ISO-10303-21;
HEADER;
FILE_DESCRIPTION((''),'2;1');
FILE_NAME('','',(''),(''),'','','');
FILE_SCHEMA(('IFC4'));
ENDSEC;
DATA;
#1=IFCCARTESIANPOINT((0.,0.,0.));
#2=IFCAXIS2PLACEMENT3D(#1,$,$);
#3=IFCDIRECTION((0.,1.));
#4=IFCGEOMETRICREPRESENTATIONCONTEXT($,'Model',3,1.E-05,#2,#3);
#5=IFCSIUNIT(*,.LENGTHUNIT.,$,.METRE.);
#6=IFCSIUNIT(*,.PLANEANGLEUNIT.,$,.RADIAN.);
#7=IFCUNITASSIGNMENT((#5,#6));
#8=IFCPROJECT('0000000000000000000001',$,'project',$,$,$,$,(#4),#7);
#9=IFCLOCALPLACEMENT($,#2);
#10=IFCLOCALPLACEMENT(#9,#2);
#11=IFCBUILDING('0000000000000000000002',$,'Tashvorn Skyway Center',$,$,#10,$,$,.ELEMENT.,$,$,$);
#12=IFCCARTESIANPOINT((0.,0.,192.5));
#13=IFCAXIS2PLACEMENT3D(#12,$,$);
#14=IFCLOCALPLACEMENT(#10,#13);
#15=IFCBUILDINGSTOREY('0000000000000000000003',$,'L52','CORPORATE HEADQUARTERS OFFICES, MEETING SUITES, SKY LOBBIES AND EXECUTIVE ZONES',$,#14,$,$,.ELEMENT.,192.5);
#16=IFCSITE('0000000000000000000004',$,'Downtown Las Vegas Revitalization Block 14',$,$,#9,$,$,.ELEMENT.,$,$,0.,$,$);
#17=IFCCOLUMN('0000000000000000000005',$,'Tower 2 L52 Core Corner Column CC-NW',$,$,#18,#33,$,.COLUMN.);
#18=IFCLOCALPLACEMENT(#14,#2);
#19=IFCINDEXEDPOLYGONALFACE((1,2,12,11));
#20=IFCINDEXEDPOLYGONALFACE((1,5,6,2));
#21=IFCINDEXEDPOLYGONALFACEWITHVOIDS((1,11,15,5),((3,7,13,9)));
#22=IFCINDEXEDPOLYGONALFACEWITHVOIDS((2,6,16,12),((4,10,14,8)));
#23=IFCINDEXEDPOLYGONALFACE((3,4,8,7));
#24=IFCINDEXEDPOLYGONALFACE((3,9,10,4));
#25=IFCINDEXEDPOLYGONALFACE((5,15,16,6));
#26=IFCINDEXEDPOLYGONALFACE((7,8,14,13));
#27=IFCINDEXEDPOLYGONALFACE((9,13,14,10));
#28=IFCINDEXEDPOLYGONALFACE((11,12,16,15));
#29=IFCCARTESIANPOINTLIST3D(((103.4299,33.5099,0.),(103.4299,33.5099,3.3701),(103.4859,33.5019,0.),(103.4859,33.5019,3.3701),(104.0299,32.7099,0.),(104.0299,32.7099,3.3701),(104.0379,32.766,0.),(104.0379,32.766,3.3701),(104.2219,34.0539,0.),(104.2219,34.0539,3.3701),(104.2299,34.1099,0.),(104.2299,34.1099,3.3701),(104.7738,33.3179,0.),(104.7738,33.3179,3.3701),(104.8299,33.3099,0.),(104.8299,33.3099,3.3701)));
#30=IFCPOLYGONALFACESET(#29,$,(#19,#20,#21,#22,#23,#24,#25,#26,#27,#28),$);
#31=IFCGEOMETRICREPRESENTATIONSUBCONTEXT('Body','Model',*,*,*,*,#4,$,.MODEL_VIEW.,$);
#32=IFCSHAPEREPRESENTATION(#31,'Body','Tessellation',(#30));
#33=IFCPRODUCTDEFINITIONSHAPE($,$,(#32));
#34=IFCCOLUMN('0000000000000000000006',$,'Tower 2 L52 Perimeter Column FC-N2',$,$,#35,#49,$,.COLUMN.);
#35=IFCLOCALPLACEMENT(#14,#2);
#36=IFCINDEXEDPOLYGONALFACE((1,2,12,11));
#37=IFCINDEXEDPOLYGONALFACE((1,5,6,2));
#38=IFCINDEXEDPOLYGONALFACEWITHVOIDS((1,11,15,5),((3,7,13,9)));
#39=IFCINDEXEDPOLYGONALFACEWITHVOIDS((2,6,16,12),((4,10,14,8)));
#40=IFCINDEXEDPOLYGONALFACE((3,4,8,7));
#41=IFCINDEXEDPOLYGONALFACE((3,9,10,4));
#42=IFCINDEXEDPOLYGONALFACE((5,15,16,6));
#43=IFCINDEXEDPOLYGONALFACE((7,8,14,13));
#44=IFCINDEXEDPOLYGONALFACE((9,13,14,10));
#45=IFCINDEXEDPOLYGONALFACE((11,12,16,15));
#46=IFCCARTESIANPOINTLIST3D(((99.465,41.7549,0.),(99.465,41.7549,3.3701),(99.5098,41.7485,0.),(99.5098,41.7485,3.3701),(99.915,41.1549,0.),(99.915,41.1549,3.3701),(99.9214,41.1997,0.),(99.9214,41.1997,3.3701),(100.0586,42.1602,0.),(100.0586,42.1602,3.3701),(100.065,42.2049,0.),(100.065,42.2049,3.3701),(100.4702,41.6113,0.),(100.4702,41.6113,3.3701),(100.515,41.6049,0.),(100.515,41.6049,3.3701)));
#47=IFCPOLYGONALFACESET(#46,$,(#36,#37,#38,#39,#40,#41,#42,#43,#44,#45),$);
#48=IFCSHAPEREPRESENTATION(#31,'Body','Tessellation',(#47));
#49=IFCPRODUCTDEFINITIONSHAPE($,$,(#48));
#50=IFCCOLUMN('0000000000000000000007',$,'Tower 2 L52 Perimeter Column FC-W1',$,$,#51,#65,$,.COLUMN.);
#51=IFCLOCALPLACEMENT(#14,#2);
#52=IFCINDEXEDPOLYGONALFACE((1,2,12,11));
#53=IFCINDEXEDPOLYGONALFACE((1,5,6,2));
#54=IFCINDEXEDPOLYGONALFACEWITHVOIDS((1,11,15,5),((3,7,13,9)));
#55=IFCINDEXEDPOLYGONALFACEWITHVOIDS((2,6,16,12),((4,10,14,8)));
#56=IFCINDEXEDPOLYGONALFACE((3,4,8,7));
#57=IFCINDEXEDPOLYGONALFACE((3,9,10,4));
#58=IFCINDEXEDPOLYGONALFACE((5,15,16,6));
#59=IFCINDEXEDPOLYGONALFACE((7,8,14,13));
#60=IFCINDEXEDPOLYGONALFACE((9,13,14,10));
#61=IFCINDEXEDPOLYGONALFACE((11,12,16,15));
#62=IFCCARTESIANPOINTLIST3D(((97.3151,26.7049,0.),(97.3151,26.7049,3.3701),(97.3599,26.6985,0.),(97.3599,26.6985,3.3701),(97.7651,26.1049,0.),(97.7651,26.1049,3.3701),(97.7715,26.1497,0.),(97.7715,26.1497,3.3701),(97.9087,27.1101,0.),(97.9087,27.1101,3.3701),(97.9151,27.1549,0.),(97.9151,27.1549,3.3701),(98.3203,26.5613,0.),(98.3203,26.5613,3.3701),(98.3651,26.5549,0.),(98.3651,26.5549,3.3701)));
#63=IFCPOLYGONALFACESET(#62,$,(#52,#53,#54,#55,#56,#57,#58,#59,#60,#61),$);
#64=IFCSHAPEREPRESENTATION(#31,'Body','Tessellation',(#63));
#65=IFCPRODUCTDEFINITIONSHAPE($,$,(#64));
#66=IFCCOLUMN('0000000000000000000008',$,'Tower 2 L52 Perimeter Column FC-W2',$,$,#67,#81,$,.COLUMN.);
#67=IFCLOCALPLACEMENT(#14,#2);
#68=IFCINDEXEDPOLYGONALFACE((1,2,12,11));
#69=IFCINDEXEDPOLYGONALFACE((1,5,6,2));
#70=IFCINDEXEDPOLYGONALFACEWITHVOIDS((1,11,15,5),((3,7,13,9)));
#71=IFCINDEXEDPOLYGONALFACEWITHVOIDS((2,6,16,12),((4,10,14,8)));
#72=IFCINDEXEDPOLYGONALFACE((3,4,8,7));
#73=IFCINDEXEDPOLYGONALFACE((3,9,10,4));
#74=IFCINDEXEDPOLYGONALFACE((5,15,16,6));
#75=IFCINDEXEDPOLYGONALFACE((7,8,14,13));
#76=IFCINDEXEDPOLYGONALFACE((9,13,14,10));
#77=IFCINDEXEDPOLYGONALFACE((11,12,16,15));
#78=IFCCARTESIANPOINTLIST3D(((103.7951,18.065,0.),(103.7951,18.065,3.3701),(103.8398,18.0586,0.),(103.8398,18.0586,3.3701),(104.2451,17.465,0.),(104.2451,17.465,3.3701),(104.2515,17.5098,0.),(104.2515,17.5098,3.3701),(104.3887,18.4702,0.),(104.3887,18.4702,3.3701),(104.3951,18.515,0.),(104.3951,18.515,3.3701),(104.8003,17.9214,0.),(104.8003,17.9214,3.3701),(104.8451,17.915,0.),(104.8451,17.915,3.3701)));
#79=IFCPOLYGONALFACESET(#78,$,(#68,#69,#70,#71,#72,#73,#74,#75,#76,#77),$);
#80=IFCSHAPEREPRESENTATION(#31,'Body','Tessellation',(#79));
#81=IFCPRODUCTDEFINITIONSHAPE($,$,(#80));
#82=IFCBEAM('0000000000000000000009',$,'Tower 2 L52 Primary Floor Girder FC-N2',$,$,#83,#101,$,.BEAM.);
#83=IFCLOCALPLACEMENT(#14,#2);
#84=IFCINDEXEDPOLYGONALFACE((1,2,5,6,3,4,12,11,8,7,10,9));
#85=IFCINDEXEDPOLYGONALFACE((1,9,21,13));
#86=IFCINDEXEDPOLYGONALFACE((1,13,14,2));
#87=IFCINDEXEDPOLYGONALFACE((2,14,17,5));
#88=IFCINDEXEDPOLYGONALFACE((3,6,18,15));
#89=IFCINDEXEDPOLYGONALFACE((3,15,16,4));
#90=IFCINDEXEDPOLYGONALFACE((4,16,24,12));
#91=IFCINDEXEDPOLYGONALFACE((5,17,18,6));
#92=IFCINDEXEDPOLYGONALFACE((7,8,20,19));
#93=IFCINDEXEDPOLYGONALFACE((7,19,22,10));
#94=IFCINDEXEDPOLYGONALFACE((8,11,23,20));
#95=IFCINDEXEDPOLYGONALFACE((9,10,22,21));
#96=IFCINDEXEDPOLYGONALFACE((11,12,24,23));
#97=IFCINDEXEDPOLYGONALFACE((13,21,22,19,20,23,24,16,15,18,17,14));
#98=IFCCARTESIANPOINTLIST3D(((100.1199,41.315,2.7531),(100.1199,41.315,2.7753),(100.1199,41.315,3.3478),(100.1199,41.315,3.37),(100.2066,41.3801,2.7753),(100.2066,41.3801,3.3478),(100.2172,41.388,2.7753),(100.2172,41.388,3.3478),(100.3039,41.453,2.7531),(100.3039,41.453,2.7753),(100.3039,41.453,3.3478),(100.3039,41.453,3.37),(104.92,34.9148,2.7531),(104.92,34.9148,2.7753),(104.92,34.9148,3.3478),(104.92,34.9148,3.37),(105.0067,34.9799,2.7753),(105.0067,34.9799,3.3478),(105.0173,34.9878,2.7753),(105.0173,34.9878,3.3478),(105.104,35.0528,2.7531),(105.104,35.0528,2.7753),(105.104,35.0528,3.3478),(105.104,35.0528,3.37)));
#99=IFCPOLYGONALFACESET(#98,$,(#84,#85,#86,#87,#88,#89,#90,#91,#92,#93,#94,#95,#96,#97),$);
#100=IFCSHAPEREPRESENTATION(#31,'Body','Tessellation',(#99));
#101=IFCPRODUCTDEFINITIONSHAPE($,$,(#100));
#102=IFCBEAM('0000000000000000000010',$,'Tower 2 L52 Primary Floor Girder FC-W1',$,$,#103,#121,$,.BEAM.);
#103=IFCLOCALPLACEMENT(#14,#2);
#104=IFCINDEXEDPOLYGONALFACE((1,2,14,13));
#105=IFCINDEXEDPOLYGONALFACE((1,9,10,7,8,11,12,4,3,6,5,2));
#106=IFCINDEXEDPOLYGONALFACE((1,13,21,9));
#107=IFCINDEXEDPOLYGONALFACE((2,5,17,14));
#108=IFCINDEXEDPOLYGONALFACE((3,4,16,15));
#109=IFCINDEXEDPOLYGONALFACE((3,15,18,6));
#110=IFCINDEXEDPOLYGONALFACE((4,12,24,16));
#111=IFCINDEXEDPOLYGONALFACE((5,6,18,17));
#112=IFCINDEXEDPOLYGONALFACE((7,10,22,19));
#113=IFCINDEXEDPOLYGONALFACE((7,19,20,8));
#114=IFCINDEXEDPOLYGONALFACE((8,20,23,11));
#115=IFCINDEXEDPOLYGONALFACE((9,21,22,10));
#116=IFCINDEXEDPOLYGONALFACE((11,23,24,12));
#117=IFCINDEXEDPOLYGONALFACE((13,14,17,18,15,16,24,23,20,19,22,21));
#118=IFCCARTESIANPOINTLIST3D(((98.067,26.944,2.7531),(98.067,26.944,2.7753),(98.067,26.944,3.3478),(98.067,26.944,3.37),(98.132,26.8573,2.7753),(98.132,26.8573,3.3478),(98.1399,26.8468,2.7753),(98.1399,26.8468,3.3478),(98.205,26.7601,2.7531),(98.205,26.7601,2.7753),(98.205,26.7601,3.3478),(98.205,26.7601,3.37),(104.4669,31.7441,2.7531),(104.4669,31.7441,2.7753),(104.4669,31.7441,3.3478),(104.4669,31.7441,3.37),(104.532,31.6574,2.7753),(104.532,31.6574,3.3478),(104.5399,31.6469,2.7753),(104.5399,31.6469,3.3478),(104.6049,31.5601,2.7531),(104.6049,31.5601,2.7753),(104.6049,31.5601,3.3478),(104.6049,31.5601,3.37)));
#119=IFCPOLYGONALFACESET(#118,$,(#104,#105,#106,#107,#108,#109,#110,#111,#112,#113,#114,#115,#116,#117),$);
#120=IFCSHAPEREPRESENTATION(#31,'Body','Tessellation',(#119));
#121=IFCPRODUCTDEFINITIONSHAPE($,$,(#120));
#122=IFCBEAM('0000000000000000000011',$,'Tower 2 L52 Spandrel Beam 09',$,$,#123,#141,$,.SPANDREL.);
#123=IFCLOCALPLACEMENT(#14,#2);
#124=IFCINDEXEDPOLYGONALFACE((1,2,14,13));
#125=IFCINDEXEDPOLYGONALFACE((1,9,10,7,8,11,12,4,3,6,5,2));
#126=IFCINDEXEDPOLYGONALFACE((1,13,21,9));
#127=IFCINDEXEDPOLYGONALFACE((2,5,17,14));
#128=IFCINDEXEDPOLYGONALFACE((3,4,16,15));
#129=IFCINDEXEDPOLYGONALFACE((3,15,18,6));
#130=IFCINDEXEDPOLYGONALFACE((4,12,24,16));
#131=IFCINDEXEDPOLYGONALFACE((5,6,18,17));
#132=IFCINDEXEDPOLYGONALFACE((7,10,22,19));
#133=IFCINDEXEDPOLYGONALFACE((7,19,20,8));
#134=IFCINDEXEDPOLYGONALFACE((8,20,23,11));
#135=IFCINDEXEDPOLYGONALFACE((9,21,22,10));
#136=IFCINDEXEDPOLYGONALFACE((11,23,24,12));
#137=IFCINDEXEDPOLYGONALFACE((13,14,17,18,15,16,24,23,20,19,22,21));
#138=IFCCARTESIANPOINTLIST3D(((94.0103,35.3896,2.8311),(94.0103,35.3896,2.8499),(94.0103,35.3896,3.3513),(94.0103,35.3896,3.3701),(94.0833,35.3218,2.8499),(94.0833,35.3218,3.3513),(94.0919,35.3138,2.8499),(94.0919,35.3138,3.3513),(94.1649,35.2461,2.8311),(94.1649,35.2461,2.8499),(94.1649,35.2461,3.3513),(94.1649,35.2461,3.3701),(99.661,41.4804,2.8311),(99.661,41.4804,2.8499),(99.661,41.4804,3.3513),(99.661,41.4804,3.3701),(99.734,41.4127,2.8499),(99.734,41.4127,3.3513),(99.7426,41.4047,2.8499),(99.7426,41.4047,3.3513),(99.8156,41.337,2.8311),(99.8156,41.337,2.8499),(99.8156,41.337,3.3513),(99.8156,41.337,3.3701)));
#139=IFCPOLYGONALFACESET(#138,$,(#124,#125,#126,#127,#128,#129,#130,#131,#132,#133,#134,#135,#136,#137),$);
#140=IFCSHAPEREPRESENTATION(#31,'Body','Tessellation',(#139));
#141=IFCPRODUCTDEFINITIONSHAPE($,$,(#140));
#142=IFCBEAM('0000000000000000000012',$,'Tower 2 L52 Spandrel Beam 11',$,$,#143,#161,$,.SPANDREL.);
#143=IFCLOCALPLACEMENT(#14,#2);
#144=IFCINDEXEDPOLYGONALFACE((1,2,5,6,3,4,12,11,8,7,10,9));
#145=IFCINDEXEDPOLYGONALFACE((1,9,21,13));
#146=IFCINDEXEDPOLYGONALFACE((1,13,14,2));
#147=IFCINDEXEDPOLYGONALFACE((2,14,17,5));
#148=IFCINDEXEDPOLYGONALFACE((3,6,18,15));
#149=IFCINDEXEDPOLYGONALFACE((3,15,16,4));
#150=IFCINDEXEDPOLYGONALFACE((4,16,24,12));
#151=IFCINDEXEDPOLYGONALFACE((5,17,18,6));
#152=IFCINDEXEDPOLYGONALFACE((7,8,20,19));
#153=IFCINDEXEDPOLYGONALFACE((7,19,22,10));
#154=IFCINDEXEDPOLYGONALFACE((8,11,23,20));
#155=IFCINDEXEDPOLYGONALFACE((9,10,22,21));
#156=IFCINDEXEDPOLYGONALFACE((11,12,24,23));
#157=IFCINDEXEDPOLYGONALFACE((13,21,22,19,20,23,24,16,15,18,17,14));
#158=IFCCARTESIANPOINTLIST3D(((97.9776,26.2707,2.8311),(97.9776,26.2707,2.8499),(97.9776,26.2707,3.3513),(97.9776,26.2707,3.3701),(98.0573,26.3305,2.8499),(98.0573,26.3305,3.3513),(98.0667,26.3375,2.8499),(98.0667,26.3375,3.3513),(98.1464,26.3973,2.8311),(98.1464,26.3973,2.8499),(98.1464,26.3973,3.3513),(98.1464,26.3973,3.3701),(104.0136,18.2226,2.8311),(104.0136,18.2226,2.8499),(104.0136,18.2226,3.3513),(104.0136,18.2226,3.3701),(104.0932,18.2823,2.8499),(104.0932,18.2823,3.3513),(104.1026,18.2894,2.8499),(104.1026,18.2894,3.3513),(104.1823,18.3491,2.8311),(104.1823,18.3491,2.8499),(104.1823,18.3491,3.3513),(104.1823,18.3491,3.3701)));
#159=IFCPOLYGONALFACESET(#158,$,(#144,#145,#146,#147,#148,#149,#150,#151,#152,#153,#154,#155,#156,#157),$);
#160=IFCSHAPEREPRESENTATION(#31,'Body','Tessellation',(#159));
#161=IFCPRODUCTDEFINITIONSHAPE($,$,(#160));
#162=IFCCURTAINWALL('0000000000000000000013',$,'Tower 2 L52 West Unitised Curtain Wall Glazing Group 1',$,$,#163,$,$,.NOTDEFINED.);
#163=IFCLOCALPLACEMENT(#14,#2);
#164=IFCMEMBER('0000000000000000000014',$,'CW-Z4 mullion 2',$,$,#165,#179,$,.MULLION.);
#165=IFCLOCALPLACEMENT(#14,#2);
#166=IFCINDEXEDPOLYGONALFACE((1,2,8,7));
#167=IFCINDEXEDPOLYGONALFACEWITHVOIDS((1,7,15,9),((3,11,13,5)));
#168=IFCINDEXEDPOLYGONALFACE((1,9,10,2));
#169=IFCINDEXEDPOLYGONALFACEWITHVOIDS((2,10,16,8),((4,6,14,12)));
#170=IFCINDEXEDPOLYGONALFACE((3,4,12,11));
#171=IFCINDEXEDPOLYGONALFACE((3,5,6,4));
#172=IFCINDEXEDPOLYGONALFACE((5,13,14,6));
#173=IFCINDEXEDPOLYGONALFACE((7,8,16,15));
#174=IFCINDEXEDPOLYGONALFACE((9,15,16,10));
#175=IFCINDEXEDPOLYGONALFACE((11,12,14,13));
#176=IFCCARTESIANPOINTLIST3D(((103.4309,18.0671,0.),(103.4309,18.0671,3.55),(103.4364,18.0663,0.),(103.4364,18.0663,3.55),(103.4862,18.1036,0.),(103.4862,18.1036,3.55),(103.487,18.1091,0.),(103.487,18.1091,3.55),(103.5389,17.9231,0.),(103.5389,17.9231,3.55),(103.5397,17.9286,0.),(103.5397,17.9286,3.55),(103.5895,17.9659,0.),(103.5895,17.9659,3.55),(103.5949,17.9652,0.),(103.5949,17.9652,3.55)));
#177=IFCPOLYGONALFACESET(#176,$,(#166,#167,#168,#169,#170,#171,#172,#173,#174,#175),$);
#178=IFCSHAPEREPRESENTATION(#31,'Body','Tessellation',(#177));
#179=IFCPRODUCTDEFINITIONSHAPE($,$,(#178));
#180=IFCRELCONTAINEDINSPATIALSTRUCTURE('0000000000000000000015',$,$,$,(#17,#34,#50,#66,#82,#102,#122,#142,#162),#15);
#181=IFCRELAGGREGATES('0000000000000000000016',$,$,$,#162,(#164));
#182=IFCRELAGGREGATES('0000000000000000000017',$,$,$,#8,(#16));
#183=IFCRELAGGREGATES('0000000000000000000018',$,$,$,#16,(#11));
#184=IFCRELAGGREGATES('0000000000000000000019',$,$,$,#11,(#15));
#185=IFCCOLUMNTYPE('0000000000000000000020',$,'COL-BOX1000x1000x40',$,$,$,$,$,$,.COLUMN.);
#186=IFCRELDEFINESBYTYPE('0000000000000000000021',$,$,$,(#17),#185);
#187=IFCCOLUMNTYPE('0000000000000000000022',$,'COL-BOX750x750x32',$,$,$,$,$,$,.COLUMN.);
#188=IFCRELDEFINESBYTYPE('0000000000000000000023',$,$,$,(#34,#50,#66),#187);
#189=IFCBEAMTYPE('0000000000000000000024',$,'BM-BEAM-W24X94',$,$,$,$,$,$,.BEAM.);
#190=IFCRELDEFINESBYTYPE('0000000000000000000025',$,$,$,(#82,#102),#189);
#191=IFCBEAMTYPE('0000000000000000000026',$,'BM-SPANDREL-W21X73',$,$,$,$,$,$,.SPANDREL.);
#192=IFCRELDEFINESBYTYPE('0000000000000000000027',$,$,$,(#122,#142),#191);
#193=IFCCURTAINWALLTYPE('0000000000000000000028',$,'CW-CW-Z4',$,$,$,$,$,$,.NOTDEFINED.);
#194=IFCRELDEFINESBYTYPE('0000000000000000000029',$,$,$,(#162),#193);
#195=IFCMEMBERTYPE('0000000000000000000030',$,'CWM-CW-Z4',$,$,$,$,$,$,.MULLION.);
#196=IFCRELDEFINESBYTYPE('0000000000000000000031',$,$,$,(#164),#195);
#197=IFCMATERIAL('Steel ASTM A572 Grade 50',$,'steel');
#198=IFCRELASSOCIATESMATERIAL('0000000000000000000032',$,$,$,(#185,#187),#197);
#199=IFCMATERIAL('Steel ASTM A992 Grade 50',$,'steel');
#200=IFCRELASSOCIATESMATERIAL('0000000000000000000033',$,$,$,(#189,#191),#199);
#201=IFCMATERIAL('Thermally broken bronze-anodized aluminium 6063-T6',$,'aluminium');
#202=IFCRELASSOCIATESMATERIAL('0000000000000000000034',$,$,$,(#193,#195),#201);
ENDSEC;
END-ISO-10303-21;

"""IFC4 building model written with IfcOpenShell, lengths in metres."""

from ifc_helpers import new_model, si_unit, direction, frame, origin, origin_2d, place, context, subcontext, project, spatial, hollow_rectangle, i_section, extrude, material, material_profile, profile_set, type_object, element, aggregate, save


model = new_model("IFC4")

# Units and contexts
model_context = context("Model", 3, precision=1e-05, world=origin(), true_north=direction((0.0, 1.0)))
body_context = subcontext(model_context, "Body", "Model", "MODEL_VIEW")
ifc_project = project(units=[si_unit("LENGTHUNIT", "METRE"), si_unit("PLANEANGLEUNIT", "RADIAN")], contexts=[model_context])

# Site, building, storey
site_placement = place(None, origin())
site = spatial("IfcSite", under=ifc_project, at=site_placement, Name="Downtown Las Vegas Revitalization Block 14", CompositionType="ELEMENT", RefElevation=0.0)
building_placement = place(site_placement, origin())
building = spatial("IfcBuilding", under=site, at=building_placement, Name="Tashvorn Skyway Center", CompositionType="ELEMENT")
storey_placement = place(building_placement, frame((0.0, 0.0, 192.5)))
storey = spatial("IfcBuildingStorey", under=building, at=storey_placement, Name="L52", Description="CORPORATE HEADQUARTERS OFFICES, MEETING SUITES, SKY LOBBIES AND EXECUTIVE ZONES", CompositionType="ELEMENT", Elevation=192.5)

# Columns
ifc_material_1 = material(Name="Steel ASTM A572 Grade 50", Category="steel")
ifc_material_profile_1 = material_profile(ifc_material_1, hollow_rectangle(XDim=1.0, YDim=1.0, WallThickness=0.04, at=origin_2d()), Name="BOX1000x1000x40")
ifc_profile_set_1 = profile_set([ifc_material_profile_1], Name="Steel ASTM A572 Grade 50")
column_type_1 = type_object("IfcColumnType", Name="COL-BOX1000x1000x40", PredefinedType="COLUMN", material=ifc_profile_set_1)
column_placement = place(storey_placement, frame((104.1299, 33.4099, 0.0), z_axis=(0.0, 0.0, 1.0), x_axis=(0.8, 0.6, 0.0)))
element("IfcColumn", 1, at=column_placement, inside=storey, type_object=column_type_1, Name="Tower 2 L52 Core Corner Column CC-NW", PredefinedType="COLUMN", context=body_context, shape_type="SweptSolid", body=[
    extrude(hollow_rectangle(XDim=1.0, YDim=1.0, WallThickness=0.04, at=origin_2d()), origin(), (0.0, 0.0, 1.0), 3.3701),
])
ifc_material_profile_2 = material_profile(ifc_material_1, hollow_rectangle(XDim=0.75, YDim=0.75, WallThickness=0.032, at=origin_2d()), Name="BOX750x750x32")
ifc_profile_set_2 = profile_set([ifc_material_profile_2], Name="Steel ASTM A572 Grade 50")
column_type_2 = type_object("IfcColumnType", Name="COL-BOX750x750x32", PredefinedType="COLUMN", material=ifc_profile_set_2)
for number, where, z_axis, x_axis, name in (
    (2, (99.99, 41.6799, 0.0), (0.0, 0.0, 1.0), (0.8, 0.6, 0.0), "Tower 2 L52 Perimeter Column FC-N2"),
    (3, (97.8401, 26.6299, 0.0), (0.0, 0.0, 1.0), (0.8, 0.6, 0.0), "Tower 2 L52 Perimeter Column FC-W1"),
    (4, (104.3201, 17.99, 0.0), (0.0, 0.0, 1.0), (0.8, 0.6, 0.0), "Tower 2 L52 Perimeter Column FC-W2"),
):
    element("IfcColumn", number, at=place(storey_placement, frame(where, z_axis=z_axis, x_axis=x_axis)), inside=storey, type_object=column_type_2, Name=name, PredefinedType="COLUMN", context=body_context, shape_type="SweptSolid", body=[
        extrude(hollow_rectangle(XDim=0.75, YDim=0.75, WallThickness=0.032, at=origin_2d()), origin(), (0.0, 0.0, 1.0), 3.3701),
    ])

# Beams
ifc_material_2 = material(Name="Steel ASTM A992 Grade 50", Category="steel")
ifc_material_profile_3 = material_profile(ifc_material_2, i_section(OverallWidth=0.23, OverallDepth=0.6169, WebThickness=0.0132, FlangeThickness=0.0222, at=origin_2d()), Name="W24X94")
ifc_profile_set_3 = profile_set([ifc_material_profile_3], Name="Steel ASTM A992 Grade 50")
beam_type_1 = type_object("IfcBeamType", Name="BM-BEAM-W24X94", PredefinedType="BEAM", material=ifc_profile_set_3)
beam_1_placement = place(storey_placement, frame((100.2119, 41.384, 3.0615), z_axis=(0.599995, -0.800004, 0.0), x_axis=(0.800004, 0.599995, 0.0)))
element("IfcBeam", 5, at=beam_1_placement, inside=storey, type_object=beam_type_1, Name="Tower 2 L52 Primary Floor Girder FC-N2", PredefinedType="BEAM", context=body_context, shape_type="SweptSolid", body=[
    extrude(i_section(OverallWidth=0.23, OverallDepth=0.6169, WebThickness=0.0132, FlangeThickness=0.0222, at=origin_2d()), origin(), (0.0, 0.0, 1.0), 8.0002),
])
beam_2_placement = place(storey_placement, frame((98.136, 26.8521, 3.0615), z_axis=(0.799993, 0.60001, 0.0), x_axis=(-0.60001, 0.799993, 0.0)))
element("IfcBeam", 6, at=beam_2_placement, inside=storey, type_object=beam_type_1, Name="Tower 2 L52 Primary Floor Girder FC-W1", PredefinedType="BEAM", context=body_context, shape_type="SweptSolid", body=[
    extrude(i_section(OverallWidth=0.23, OverallDepth=0.6169, WebThickness=0.0132, FlangeThickness=0.0222, at=origin_2d()), origin(), (0.0, 0.0, 1.0), 8.0),
])
ifc_material_profile_4 = material_profile(ifc_material_2, i_section(OverallWidth=0.2109, OverallDepth=0.5391, WebThickness=0.0117, FlangeThickness=0.0188, at=origin_2d()), Name="W21X73")
ifc_profile_set_4 = profile_set([ifc_material_profile_4], Name="Steel ASTM A992 Grade 50")
beam_type_2 = type_object("IfcBeamType", Name="BM-SPANDREL-W21X73", PredefinedType="SPANDREL", material=ifc_profile_set_4)
beam_3_placement = place(storey_placement, frame((99.7383, 41.4087, 3.1006), z_axis=(-0.68012, -0.733101, 0.0), x_axis=(0.733101, -0.68012, 0.0)))
element("IfcBeam", 7, at=beam_3_placement, inside=storey, type_object=beam_type_2, Name="Tower 2 L52 Spandrel Beam 09", PredefinedType="SPANDREL", context=body_context, shape_type="SweptSolid", body=[
    extrude(i_section(OverallWidth=0.2109, OverallDepth=0.5391, WebThickness=0.0117, FlangeThickness=0.0188, at=origin_2d()), origin(), (0.0, 0.0, 1.0), 8.3083),
])
beam_4_placement = place(storey_placement, frame((98.062, 26.334, 3.1006), z_axis=(0.599988, -0.800009, 0.0), x_axis=(0.800009, 0.599988, 0.0)))
element("IfcBeam", 8, at=beam_4_placement, inside=storey, type_object=beam_type_2, Name="Tower 2 L52 Spandrel Beam 11", PredefinedType="SPANDREL", context=body_context, shape_type="SweptSolid", body=[
    extrude(i_section(OverallWidth=0.2109, OverallDepth=0.5391, WebThickness=0.0117, FlangeThickness=0.0188, at=origin_2d()), origin(), (0.0, 0.0, 1.0), 10.0601),
])

# Curtain wall, member
ifc_material_3 = material(Name="Thermally broken bronze-anodized aluminium 6063-T6", Category="aluminium")
curtain_wall_type = type_object("IfcCurtainWallType", Name="CW-CW-Z4", PredefinedType="NOTDEFINED", material=ifc_material_3)
curtain_wall_1_placement = place(storey_placement, origin())
curtain_wall_1 = element("IfcCurtainWall", 9, at=curtain_wall_1_placement, inside=storey, type_object=curtain_wall_type, Name="Tower 2 L52 West Unitised Curtain Wall Glazing Group 1", PredefinedType="NOTDEFINED")
ifc_material_profile_5 = material_profile(ifc_material_3, hollow_rectangle(XDim=0.0701, YDim=0.1799, WallThickness=0.0039, at=origin_2d()), Name="ALU-MULL-70x180")
ifc_profile_set_5 = profile_set([ifc_material_profile_5], Name="Thermally broken bronze-anodized aluminium 6063-T6")
member_type_1 = type_object("IfcMemberType", Name="CWM-CW-Z4", PredefinedType="MULLION", material=ifc_profile_set_5)
member_1_placement = place(storey_placement, frame((103.5129, 18.0161, 0.0), z_axis=(0.0, 0.0, 1.0), x_axis=(-0.8, -0.6, 0.0)))
member_1 = element("IfcMember", 10, at=member_1_placement, type_object=member_type_1, Name="CW-Z4 mullion 2", PredefinedType="MULLION", context=body_context, shape_type="SweptSolid", body=[
    extrude(hollow_rectangle(XDim=0.0701, YDim=0.1799, WallThickness=0.0039, at=origin_2d()), origin(), (0.0, 0.0, 1.0), 3.55),
])
aggregate(curtain_wall_1, [member_1])

save(model, "model.ifc")
